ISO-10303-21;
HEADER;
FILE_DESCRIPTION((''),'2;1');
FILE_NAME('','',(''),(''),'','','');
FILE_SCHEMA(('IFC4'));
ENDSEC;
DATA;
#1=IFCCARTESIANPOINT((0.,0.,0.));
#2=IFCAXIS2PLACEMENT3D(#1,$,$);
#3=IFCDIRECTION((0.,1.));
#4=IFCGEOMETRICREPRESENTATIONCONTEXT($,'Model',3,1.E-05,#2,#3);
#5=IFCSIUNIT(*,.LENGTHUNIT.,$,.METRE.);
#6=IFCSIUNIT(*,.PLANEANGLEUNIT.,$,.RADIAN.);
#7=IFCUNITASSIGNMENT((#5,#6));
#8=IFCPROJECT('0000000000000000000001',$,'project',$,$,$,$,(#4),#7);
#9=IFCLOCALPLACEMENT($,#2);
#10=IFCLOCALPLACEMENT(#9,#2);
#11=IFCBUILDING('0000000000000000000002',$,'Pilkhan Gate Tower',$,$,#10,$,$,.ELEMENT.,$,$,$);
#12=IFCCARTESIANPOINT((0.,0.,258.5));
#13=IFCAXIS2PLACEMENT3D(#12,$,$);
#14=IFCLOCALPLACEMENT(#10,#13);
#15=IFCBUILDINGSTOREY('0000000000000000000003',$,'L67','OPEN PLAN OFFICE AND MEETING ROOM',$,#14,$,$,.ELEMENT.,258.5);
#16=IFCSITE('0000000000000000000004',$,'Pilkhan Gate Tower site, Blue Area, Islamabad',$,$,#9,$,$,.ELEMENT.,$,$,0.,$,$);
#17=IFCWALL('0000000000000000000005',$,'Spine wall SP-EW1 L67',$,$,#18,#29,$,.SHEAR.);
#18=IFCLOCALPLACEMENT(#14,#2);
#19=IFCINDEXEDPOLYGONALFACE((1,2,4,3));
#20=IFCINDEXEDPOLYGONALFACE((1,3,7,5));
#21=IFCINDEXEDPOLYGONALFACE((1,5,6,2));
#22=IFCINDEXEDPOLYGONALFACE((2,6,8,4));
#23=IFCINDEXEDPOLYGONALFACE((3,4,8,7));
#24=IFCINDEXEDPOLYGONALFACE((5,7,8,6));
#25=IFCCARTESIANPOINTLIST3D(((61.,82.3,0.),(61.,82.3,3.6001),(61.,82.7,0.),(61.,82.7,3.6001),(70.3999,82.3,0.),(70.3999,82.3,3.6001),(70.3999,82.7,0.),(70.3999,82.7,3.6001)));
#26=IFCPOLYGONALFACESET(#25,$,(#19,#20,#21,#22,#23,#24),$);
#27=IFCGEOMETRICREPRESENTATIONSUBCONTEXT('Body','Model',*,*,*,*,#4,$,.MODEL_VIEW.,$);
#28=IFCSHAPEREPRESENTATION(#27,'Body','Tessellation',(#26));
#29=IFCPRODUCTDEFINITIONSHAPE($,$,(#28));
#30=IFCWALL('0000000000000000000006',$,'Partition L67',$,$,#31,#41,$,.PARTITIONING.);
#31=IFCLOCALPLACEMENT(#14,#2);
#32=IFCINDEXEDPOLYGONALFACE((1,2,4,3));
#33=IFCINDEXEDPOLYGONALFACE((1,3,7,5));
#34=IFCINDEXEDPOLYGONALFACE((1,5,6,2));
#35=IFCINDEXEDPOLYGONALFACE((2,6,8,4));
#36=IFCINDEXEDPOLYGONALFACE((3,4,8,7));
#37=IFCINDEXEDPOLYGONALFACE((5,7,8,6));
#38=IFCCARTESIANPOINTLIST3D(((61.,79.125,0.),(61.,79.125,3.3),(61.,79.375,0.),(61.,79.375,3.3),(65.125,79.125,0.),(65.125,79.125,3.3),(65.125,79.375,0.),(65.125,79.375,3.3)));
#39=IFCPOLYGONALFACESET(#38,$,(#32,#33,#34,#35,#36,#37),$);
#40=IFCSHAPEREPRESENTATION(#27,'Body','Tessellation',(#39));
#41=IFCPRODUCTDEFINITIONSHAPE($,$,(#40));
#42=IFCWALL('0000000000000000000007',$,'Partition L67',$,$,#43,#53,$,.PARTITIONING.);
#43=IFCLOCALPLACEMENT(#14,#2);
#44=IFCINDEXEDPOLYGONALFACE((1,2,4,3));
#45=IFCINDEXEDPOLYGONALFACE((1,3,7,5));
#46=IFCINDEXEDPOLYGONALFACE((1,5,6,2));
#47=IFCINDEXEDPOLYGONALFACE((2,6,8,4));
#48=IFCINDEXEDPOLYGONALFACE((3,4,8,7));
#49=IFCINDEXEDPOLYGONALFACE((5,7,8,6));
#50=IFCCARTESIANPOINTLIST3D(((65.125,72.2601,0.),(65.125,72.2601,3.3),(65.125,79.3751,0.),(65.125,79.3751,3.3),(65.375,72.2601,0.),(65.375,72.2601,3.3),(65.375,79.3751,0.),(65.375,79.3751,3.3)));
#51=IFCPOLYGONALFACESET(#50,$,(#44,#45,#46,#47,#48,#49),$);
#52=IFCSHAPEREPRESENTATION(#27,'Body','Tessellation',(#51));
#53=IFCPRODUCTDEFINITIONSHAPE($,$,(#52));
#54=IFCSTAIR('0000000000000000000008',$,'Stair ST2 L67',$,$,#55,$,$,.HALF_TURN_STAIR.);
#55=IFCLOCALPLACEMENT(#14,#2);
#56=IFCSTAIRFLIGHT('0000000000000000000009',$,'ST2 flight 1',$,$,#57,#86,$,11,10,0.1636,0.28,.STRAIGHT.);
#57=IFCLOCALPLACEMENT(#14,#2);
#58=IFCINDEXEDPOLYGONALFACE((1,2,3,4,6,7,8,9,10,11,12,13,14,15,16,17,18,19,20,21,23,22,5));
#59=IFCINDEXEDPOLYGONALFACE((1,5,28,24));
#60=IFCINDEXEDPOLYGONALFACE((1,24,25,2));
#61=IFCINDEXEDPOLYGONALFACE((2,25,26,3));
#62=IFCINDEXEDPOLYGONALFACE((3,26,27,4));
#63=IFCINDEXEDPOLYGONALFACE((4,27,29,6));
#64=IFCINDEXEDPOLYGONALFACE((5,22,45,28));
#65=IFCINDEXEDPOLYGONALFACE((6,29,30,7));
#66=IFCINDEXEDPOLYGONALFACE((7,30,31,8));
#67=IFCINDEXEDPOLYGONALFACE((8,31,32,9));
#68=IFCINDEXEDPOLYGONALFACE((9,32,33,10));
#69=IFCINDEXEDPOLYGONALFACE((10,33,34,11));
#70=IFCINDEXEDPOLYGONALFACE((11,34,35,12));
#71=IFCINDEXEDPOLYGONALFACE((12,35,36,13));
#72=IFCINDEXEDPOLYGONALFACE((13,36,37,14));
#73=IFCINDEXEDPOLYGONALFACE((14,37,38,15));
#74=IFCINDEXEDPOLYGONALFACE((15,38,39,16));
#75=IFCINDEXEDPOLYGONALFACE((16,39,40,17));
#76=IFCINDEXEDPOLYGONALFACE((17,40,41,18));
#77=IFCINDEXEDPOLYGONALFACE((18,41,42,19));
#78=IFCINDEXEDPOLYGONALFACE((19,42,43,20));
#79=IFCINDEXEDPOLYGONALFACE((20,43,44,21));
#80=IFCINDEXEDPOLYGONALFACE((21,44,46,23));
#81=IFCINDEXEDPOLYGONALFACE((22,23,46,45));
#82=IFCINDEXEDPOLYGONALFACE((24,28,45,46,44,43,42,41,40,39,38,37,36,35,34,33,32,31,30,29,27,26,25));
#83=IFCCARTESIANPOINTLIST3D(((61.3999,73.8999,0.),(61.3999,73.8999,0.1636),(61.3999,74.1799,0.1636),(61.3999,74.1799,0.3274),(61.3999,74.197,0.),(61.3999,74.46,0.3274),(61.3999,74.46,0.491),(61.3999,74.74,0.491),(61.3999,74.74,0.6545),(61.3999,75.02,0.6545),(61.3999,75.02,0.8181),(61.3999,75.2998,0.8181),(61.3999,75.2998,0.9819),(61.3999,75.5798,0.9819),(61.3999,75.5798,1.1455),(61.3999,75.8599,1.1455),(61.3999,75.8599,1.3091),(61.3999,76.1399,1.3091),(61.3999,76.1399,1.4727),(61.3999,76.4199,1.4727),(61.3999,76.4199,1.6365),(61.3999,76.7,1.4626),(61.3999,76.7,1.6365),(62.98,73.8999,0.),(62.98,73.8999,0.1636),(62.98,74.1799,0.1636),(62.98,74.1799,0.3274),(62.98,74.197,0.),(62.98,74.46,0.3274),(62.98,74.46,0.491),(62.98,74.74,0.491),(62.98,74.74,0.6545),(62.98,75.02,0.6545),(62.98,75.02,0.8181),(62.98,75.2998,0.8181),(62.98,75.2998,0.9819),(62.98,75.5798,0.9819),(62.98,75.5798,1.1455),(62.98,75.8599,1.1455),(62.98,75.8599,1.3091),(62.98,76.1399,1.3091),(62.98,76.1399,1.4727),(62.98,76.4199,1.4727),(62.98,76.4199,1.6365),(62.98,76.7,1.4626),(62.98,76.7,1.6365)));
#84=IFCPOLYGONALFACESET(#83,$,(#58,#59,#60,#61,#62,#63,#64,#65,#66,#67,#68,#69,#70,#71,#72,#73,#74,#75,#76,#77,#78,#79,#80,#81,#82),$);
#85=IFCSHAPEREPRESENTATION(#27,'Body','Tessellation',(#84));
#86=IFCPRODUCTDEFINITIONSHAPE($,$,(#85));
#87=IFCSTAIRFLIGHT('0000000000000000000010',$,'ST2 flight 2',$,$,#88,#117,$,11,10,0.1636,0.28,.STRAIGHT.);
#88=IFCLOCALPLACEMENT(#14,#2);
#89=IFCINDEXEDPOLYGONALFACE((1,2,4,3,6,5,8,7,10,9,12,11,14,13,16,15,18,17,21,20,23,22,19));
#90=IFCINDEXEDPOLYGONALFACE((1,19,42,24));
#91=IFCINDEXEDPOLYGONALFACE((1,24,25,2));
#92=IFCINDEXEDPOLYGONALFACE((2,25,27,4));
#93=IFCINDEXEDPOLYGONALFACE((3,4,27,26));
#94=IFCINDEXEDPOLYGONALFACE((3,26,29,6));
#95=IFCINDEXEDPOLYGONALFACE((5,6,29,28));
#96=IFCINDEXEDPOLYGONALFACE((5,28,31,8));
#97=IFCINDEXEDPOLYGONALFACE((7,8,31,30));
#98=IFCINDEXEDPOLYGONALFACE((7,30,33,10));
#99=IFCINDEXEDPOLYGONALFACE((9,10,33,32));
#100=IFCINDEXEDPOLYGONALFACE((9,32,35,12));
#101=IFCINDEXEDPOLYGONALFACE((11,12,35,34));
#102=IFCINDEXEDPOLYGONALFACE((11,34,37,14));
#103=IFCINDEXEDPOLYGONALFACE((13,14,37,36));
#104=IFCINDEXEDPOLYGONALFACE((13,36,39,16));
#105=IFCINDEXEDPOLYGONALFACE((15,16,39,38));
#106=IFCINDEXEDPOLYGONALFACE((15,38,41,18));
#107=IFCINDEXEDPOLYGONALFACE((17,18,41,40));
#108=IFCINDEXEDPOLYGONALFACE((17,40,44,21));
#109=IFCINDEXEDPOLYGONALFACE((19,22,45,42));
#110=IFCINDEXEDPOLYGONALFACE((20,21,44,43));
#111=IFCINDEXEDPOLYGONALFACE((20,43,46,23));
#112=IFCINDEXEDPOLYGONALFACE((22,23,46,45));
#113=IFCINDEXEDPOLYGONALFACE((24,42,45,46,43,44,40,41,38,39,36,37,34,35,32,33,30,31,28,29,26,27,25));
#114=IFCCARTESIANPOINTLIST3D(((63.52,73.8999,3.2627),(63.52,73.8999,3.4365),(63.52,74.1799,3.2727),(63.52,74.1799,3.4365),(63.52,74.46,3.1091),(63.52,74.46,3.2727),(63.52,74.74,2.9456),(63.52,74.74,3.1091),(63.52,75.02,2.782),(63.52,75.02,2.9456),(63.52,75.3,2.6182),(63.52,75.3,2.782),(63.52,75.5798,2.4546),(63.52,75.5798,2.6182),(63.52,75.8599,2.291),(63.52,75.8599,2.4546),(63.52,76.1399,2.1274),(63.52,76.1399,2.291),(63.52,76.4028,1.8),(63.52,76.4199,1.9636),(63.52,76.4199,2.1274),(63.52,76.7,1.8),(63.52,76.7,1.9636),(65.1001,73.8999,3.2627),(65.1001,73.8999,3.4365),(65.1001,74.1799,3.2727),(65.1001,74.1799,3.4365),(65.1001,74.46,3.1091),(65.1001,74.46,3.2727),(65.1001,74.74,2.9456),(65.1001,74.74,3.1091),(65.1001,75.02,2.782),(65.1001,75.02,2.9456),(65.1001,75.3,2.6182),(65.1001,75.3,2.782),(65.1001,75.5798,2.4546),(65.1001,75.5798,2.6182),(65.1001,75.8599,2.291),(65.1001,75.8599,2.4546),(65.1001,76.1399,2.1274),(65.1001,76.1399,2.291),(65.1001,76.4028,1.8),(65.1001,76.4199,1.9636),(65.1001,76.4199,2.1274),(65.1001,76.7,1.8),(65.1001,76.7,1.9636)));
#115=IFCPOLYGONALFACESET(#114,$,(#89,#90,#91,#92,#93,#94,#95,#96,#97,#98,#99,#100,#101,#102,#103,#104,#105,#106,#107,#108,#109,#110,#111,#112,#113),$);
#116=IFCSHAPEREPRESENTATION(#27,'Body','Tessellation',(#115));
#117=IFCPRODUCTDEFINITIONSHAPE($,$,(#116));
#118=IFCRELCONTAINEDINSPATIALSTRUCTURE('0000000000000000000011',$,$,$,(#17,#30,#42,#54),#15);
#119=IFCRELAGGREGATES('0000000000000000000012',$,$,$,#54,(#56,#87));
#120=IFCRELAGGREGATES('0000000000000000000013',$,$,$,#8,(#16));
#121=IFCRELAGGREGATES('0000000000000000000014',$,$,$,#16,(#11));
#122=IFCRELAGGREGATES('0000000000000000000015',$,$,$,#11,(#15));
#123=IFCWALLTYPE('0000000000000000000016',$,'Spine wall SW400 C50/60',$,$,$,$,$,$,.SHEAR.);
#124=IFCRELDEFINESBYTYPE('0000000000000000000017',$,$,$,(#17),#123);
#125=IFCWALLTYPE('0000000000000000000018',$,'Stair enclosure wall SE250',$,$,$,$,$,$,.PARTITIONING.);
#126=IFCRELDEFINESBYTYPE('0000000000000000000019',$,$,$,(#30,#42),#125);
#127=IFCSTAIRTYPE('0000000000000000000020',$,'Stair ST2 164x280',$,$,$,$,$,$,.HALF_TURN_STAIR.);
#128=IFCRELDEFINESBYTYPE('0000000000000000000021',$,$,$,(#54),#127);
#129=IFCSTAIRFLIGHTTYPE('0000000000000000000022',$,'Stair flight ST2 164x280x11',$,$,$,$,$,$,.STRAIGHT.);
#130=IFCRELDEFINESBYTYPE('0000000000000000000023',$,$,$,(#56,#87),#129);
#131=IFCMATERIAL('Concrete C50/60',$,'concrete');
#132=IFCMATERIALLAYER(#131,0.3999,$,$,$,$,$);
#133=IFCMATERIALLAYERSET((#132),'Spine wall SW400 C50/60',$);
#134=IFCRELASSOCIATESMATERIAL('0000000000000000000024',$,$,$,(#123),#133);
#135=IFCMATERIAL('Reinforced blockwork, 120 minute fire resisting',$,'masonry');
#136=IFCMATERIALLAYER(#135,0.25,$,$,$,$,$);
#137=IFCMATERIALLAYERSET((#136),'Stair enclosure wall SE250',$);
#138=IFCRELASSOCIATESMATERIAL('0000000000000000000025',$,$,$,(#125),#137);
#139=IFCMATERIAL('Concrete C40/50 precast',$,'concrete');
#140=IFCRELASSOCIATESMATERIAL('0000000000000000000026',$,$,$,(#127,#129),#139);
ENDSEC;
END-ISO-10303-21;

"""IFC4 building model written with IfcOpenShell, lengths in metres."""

from ifc_helpers import new_model, si_unit, direction, frame, frame_2d, origin, place, context, subcontext, project, spatial, polyline, rectangle, outline, extrude, material, layer, layer_set, type_object, element, aggregate, save


model = new_model("IFC4")

# Units and contexts
model_context = context("Model", 3, precision=1e-05, world=origin(), true_north=direction((0.0, 1.0)))
body_context = subcontext(model_context, "Body", "Model", "MODEL_VIEW")
ifc_project = project(units=[si_unit("LENGTHUNIT", "METRE"), si_unit("PLANEANGLEUNIT", "RADIAN")], contexts=[model_context])

# Site, building, storey
site_placement = place(None, origin())
site = spatial("IfcSite", under=ifc_project, at=site_placement, Name="Pilkhan Gate Tower site, Blue Area, Islamabad", CompositionType="ELEMENT", RefElevation=0.0)
building_placement = place(site_placement, origin())
building = spatial("IfcBuilding", under=site, at=building_placement, Name="Pilkhan Gate Tower", CompositionType="ELEMENT")
storey_placement = place(building_placement, frame((0.0, 0.0, 258.5)))
storey = spatial("IfcBuildingStorey", under=building, at=storey_placement, Name="L67", Description="OPEN PLAN OFFICE AND MEETING ROOM", CompositionType="ELEMENT", Elevation=258.5)

# Shared definitions
ifc_material_1 = material(Name="Concrete C50/60", Category="concrete")

# Walls
ifc_layer_1 = layer(ifc_material_1, 0.3999)
ifc_layer_set_1 = layer_set([ifc_layer_1], Name="Spine wall SW400 C50/60")
wall_type_1 = type_object("IfcWallType", Name="Spine wall SW400 C50/60", PredefinedType="SHEAR", material=ifc_layer_set_1)
wall_1_placement = place(storey_placement, frame((61.0, 82.5, 0.0), z_axis=(0.0, 0.0, 1.0), x_axis=(1.0, 0.0, 0.0)))
element("IfcWall", 1, at=wall_1_placement, inside=storey, type_object=wall_type_1, Name="Spine wall SP-EW1 L67", PredefinedType="SHEAR", context=body_context, shape_type="SweptSolid", body=[
    extrude(rectangle(XDim=9.3999, YDim=0.3999, at=frame_2d((4.7, 0.0))), origin(), (0.0, 0.0, 1.0), 3.6001),
])
ifc_material_2 = material(Name="Reinforced blockwork, 120 minute fire resisting", Category="masonry")
ifc_layer_2 = layer(ifc_material_2, 0.25)
ifc_layer_set_2 = layer_set([ifc_layer_2], Name="Stair enclosure wall SE250")
wall_type_2 = type_object("IfcWallType", Name="Stair enclosure wall SE250", PredefinedType="PARTITIONING", material=ifc_layer_set_2)
wall_2_placement = place(storey_placement, frame((61.0, 79.25, 0.0), z_axis=(0.0, 0.0, 1.0), x_axis=(1.0, 0.0, 0.0)))
element("IfcWall", 2, at=wall_2_placement, inside=storey, type_object=wall_type_2, Name="Partition L67", PredefinedType="PARTITIONING", context=body_context, shape_type="SweptSolid", body=[
    extrude(rectangle(XDim=4.125, YDim=0.25, at=frame_2d((2.0625, 0.0))), origin(), (0.0, 0.0, 1.0), 3.3),
])
wall_3_placement = place(storey_placement, frame((65.25, 72.26, 0.0), z_axis=(0.0, 0.0, 1.0), x_axis=(0.0, 1.0, 0.0)))
element("IfcWall", 3, at=wall_3_placement, inside=storey, type_object=wall_type_2, Name="Partition L67", PredefinedType="PARTITIONING", context=body_context, shape_type="SweptSolid", body=[
    extrude(rectangle(XDim=7.115, YDim=0.25, at=frame_2d((3.5576, 0.0))), origin(), (0.0, 0.0, 1.0), 3.3),
])

# Stair, stair flights
ifc_material_3 = material(Name="Concrete C40/50 precast", Category="concrete")
stair_type = type_object("IfcStairType", Name="Stair ST2 164x280", PredefinedType="HALF_TURN_STAIR", material=ifc_material_3)
stair_placement = place(storey_placement, origin())
stair = element("IfcStair", 4, at=stair_placement, inside=storey, type_object=stair_type, Name="Stair ST2 L67", PredefinedType="HALF_TURN_STAIR")
stair_flight_type = type_object("IfcStairFlightType", Name="Stair flight ST2 164x280x11", PredefinedType="STRAIGHT", material=ifc_material_3)
stair_flight_1_placement = place(storey_placement, frame((62.1899, 73.8999, 0.0), z_axis=(0.0, 0.0, 1.0), x_axis=(0.0, 1.0, 0.0)))
stair_flight_1 = element("IfcStairFlight", 5, at=stair_flight_1_placement, type_object=stair_flight_type, Name="ST2 flight 1", NumberOfRisers=11, NumberOfTreads=10, PredefinedType="STRAIGHT", RiserHeight=0.1636, TreadLength=0.28, context=body_context, shape_type="SweptSolid", body=[
    extrude(outline(polyline([(0.0, 0.0), (0.0, 0.1636), (0.28, 0.1636), (0.28, 0.3274), (0.5601, 0.3274), (0.5601, 0.491), (0.8401, 0.491), (0.8401, 0.6545), (1.1201, 0.6545), (1.1201, 0.8181), (1.3999, 0.8181), (1.3999, 0.9819), (1.6799, 0.9819), (1.6799, 1.1455), (1.96, 1.1455), (1.96, 1.3091), (2.24, 1.3091), (2.24, 1.4727), (2.52, 1.4727), (2.52, 1.6365), (2.8, 1.6365), (2.8, 1.8), (2.8, 1.4626), (0.2971, 0.0), (0.0, 0.0)])), frame((0.0, 0.79, 0.0), z_axis=(0.0, -1.0, 0.0), x_axis=(1.0, 0.0, 0.0)), (0.0, 0.0, 1.0), 1.5801),
])
stair_flight_2_placement = place(storey_placement, frame((64.3101, 76.7, 1.8), z_axis=(0.0, 0.0, 1.0), x_axis=(0.0, -1.0, 0.0)))
stair_flight_2 = element("IfcStairFlight", 6, at=stair_flight_2_placement, type_object=stair_flight_type, Name="ST2 flight 2", NumberOfRisers=11, NumberOfTreads=10, PredefinedType="STRAIGHT", RiserHeight=0.1636, TreadLength=0.28, context=body_context, shape_type="SweptSolid", body=[
    extrude(outline(polyline([(0.0, 0.0), (0.0, 0.1636), (0.28, 0.1636), (0.28, 0.3274), (0.5601, 0.3274), (0.5601, 0.491), (0.8401, 0.491), (0.8401, 0.6545), (1.1201, 0.6545), (1.1201, 0.8181), (1.3999, 0.8181), (1.3999, 0.9819), (1.6799, 0.9819), (1.6799, 1.1455), (1.96, 1.1455), (1.96, 1.3091), (2.24, 1.3091), (2.24, 1.4727), (2.52, 1.4727), (2.52, 1.6365), (2.8, 1.6365), (2.8, 1.8), (2.8, 1.4626), (0.2971, 0.0), (0.0, 0.0)])), frame((0.0, 0.79, 0.0), z_axis=(0.0, -1.0, 0.0), x_axis=(1.0, 0.0, 0.0)), (0.0, 0.0, 1.0), 1.5801),
])
aggregate(stair, [stair_flight_1, stair_flight_2])

save(model, "model.ifc")
